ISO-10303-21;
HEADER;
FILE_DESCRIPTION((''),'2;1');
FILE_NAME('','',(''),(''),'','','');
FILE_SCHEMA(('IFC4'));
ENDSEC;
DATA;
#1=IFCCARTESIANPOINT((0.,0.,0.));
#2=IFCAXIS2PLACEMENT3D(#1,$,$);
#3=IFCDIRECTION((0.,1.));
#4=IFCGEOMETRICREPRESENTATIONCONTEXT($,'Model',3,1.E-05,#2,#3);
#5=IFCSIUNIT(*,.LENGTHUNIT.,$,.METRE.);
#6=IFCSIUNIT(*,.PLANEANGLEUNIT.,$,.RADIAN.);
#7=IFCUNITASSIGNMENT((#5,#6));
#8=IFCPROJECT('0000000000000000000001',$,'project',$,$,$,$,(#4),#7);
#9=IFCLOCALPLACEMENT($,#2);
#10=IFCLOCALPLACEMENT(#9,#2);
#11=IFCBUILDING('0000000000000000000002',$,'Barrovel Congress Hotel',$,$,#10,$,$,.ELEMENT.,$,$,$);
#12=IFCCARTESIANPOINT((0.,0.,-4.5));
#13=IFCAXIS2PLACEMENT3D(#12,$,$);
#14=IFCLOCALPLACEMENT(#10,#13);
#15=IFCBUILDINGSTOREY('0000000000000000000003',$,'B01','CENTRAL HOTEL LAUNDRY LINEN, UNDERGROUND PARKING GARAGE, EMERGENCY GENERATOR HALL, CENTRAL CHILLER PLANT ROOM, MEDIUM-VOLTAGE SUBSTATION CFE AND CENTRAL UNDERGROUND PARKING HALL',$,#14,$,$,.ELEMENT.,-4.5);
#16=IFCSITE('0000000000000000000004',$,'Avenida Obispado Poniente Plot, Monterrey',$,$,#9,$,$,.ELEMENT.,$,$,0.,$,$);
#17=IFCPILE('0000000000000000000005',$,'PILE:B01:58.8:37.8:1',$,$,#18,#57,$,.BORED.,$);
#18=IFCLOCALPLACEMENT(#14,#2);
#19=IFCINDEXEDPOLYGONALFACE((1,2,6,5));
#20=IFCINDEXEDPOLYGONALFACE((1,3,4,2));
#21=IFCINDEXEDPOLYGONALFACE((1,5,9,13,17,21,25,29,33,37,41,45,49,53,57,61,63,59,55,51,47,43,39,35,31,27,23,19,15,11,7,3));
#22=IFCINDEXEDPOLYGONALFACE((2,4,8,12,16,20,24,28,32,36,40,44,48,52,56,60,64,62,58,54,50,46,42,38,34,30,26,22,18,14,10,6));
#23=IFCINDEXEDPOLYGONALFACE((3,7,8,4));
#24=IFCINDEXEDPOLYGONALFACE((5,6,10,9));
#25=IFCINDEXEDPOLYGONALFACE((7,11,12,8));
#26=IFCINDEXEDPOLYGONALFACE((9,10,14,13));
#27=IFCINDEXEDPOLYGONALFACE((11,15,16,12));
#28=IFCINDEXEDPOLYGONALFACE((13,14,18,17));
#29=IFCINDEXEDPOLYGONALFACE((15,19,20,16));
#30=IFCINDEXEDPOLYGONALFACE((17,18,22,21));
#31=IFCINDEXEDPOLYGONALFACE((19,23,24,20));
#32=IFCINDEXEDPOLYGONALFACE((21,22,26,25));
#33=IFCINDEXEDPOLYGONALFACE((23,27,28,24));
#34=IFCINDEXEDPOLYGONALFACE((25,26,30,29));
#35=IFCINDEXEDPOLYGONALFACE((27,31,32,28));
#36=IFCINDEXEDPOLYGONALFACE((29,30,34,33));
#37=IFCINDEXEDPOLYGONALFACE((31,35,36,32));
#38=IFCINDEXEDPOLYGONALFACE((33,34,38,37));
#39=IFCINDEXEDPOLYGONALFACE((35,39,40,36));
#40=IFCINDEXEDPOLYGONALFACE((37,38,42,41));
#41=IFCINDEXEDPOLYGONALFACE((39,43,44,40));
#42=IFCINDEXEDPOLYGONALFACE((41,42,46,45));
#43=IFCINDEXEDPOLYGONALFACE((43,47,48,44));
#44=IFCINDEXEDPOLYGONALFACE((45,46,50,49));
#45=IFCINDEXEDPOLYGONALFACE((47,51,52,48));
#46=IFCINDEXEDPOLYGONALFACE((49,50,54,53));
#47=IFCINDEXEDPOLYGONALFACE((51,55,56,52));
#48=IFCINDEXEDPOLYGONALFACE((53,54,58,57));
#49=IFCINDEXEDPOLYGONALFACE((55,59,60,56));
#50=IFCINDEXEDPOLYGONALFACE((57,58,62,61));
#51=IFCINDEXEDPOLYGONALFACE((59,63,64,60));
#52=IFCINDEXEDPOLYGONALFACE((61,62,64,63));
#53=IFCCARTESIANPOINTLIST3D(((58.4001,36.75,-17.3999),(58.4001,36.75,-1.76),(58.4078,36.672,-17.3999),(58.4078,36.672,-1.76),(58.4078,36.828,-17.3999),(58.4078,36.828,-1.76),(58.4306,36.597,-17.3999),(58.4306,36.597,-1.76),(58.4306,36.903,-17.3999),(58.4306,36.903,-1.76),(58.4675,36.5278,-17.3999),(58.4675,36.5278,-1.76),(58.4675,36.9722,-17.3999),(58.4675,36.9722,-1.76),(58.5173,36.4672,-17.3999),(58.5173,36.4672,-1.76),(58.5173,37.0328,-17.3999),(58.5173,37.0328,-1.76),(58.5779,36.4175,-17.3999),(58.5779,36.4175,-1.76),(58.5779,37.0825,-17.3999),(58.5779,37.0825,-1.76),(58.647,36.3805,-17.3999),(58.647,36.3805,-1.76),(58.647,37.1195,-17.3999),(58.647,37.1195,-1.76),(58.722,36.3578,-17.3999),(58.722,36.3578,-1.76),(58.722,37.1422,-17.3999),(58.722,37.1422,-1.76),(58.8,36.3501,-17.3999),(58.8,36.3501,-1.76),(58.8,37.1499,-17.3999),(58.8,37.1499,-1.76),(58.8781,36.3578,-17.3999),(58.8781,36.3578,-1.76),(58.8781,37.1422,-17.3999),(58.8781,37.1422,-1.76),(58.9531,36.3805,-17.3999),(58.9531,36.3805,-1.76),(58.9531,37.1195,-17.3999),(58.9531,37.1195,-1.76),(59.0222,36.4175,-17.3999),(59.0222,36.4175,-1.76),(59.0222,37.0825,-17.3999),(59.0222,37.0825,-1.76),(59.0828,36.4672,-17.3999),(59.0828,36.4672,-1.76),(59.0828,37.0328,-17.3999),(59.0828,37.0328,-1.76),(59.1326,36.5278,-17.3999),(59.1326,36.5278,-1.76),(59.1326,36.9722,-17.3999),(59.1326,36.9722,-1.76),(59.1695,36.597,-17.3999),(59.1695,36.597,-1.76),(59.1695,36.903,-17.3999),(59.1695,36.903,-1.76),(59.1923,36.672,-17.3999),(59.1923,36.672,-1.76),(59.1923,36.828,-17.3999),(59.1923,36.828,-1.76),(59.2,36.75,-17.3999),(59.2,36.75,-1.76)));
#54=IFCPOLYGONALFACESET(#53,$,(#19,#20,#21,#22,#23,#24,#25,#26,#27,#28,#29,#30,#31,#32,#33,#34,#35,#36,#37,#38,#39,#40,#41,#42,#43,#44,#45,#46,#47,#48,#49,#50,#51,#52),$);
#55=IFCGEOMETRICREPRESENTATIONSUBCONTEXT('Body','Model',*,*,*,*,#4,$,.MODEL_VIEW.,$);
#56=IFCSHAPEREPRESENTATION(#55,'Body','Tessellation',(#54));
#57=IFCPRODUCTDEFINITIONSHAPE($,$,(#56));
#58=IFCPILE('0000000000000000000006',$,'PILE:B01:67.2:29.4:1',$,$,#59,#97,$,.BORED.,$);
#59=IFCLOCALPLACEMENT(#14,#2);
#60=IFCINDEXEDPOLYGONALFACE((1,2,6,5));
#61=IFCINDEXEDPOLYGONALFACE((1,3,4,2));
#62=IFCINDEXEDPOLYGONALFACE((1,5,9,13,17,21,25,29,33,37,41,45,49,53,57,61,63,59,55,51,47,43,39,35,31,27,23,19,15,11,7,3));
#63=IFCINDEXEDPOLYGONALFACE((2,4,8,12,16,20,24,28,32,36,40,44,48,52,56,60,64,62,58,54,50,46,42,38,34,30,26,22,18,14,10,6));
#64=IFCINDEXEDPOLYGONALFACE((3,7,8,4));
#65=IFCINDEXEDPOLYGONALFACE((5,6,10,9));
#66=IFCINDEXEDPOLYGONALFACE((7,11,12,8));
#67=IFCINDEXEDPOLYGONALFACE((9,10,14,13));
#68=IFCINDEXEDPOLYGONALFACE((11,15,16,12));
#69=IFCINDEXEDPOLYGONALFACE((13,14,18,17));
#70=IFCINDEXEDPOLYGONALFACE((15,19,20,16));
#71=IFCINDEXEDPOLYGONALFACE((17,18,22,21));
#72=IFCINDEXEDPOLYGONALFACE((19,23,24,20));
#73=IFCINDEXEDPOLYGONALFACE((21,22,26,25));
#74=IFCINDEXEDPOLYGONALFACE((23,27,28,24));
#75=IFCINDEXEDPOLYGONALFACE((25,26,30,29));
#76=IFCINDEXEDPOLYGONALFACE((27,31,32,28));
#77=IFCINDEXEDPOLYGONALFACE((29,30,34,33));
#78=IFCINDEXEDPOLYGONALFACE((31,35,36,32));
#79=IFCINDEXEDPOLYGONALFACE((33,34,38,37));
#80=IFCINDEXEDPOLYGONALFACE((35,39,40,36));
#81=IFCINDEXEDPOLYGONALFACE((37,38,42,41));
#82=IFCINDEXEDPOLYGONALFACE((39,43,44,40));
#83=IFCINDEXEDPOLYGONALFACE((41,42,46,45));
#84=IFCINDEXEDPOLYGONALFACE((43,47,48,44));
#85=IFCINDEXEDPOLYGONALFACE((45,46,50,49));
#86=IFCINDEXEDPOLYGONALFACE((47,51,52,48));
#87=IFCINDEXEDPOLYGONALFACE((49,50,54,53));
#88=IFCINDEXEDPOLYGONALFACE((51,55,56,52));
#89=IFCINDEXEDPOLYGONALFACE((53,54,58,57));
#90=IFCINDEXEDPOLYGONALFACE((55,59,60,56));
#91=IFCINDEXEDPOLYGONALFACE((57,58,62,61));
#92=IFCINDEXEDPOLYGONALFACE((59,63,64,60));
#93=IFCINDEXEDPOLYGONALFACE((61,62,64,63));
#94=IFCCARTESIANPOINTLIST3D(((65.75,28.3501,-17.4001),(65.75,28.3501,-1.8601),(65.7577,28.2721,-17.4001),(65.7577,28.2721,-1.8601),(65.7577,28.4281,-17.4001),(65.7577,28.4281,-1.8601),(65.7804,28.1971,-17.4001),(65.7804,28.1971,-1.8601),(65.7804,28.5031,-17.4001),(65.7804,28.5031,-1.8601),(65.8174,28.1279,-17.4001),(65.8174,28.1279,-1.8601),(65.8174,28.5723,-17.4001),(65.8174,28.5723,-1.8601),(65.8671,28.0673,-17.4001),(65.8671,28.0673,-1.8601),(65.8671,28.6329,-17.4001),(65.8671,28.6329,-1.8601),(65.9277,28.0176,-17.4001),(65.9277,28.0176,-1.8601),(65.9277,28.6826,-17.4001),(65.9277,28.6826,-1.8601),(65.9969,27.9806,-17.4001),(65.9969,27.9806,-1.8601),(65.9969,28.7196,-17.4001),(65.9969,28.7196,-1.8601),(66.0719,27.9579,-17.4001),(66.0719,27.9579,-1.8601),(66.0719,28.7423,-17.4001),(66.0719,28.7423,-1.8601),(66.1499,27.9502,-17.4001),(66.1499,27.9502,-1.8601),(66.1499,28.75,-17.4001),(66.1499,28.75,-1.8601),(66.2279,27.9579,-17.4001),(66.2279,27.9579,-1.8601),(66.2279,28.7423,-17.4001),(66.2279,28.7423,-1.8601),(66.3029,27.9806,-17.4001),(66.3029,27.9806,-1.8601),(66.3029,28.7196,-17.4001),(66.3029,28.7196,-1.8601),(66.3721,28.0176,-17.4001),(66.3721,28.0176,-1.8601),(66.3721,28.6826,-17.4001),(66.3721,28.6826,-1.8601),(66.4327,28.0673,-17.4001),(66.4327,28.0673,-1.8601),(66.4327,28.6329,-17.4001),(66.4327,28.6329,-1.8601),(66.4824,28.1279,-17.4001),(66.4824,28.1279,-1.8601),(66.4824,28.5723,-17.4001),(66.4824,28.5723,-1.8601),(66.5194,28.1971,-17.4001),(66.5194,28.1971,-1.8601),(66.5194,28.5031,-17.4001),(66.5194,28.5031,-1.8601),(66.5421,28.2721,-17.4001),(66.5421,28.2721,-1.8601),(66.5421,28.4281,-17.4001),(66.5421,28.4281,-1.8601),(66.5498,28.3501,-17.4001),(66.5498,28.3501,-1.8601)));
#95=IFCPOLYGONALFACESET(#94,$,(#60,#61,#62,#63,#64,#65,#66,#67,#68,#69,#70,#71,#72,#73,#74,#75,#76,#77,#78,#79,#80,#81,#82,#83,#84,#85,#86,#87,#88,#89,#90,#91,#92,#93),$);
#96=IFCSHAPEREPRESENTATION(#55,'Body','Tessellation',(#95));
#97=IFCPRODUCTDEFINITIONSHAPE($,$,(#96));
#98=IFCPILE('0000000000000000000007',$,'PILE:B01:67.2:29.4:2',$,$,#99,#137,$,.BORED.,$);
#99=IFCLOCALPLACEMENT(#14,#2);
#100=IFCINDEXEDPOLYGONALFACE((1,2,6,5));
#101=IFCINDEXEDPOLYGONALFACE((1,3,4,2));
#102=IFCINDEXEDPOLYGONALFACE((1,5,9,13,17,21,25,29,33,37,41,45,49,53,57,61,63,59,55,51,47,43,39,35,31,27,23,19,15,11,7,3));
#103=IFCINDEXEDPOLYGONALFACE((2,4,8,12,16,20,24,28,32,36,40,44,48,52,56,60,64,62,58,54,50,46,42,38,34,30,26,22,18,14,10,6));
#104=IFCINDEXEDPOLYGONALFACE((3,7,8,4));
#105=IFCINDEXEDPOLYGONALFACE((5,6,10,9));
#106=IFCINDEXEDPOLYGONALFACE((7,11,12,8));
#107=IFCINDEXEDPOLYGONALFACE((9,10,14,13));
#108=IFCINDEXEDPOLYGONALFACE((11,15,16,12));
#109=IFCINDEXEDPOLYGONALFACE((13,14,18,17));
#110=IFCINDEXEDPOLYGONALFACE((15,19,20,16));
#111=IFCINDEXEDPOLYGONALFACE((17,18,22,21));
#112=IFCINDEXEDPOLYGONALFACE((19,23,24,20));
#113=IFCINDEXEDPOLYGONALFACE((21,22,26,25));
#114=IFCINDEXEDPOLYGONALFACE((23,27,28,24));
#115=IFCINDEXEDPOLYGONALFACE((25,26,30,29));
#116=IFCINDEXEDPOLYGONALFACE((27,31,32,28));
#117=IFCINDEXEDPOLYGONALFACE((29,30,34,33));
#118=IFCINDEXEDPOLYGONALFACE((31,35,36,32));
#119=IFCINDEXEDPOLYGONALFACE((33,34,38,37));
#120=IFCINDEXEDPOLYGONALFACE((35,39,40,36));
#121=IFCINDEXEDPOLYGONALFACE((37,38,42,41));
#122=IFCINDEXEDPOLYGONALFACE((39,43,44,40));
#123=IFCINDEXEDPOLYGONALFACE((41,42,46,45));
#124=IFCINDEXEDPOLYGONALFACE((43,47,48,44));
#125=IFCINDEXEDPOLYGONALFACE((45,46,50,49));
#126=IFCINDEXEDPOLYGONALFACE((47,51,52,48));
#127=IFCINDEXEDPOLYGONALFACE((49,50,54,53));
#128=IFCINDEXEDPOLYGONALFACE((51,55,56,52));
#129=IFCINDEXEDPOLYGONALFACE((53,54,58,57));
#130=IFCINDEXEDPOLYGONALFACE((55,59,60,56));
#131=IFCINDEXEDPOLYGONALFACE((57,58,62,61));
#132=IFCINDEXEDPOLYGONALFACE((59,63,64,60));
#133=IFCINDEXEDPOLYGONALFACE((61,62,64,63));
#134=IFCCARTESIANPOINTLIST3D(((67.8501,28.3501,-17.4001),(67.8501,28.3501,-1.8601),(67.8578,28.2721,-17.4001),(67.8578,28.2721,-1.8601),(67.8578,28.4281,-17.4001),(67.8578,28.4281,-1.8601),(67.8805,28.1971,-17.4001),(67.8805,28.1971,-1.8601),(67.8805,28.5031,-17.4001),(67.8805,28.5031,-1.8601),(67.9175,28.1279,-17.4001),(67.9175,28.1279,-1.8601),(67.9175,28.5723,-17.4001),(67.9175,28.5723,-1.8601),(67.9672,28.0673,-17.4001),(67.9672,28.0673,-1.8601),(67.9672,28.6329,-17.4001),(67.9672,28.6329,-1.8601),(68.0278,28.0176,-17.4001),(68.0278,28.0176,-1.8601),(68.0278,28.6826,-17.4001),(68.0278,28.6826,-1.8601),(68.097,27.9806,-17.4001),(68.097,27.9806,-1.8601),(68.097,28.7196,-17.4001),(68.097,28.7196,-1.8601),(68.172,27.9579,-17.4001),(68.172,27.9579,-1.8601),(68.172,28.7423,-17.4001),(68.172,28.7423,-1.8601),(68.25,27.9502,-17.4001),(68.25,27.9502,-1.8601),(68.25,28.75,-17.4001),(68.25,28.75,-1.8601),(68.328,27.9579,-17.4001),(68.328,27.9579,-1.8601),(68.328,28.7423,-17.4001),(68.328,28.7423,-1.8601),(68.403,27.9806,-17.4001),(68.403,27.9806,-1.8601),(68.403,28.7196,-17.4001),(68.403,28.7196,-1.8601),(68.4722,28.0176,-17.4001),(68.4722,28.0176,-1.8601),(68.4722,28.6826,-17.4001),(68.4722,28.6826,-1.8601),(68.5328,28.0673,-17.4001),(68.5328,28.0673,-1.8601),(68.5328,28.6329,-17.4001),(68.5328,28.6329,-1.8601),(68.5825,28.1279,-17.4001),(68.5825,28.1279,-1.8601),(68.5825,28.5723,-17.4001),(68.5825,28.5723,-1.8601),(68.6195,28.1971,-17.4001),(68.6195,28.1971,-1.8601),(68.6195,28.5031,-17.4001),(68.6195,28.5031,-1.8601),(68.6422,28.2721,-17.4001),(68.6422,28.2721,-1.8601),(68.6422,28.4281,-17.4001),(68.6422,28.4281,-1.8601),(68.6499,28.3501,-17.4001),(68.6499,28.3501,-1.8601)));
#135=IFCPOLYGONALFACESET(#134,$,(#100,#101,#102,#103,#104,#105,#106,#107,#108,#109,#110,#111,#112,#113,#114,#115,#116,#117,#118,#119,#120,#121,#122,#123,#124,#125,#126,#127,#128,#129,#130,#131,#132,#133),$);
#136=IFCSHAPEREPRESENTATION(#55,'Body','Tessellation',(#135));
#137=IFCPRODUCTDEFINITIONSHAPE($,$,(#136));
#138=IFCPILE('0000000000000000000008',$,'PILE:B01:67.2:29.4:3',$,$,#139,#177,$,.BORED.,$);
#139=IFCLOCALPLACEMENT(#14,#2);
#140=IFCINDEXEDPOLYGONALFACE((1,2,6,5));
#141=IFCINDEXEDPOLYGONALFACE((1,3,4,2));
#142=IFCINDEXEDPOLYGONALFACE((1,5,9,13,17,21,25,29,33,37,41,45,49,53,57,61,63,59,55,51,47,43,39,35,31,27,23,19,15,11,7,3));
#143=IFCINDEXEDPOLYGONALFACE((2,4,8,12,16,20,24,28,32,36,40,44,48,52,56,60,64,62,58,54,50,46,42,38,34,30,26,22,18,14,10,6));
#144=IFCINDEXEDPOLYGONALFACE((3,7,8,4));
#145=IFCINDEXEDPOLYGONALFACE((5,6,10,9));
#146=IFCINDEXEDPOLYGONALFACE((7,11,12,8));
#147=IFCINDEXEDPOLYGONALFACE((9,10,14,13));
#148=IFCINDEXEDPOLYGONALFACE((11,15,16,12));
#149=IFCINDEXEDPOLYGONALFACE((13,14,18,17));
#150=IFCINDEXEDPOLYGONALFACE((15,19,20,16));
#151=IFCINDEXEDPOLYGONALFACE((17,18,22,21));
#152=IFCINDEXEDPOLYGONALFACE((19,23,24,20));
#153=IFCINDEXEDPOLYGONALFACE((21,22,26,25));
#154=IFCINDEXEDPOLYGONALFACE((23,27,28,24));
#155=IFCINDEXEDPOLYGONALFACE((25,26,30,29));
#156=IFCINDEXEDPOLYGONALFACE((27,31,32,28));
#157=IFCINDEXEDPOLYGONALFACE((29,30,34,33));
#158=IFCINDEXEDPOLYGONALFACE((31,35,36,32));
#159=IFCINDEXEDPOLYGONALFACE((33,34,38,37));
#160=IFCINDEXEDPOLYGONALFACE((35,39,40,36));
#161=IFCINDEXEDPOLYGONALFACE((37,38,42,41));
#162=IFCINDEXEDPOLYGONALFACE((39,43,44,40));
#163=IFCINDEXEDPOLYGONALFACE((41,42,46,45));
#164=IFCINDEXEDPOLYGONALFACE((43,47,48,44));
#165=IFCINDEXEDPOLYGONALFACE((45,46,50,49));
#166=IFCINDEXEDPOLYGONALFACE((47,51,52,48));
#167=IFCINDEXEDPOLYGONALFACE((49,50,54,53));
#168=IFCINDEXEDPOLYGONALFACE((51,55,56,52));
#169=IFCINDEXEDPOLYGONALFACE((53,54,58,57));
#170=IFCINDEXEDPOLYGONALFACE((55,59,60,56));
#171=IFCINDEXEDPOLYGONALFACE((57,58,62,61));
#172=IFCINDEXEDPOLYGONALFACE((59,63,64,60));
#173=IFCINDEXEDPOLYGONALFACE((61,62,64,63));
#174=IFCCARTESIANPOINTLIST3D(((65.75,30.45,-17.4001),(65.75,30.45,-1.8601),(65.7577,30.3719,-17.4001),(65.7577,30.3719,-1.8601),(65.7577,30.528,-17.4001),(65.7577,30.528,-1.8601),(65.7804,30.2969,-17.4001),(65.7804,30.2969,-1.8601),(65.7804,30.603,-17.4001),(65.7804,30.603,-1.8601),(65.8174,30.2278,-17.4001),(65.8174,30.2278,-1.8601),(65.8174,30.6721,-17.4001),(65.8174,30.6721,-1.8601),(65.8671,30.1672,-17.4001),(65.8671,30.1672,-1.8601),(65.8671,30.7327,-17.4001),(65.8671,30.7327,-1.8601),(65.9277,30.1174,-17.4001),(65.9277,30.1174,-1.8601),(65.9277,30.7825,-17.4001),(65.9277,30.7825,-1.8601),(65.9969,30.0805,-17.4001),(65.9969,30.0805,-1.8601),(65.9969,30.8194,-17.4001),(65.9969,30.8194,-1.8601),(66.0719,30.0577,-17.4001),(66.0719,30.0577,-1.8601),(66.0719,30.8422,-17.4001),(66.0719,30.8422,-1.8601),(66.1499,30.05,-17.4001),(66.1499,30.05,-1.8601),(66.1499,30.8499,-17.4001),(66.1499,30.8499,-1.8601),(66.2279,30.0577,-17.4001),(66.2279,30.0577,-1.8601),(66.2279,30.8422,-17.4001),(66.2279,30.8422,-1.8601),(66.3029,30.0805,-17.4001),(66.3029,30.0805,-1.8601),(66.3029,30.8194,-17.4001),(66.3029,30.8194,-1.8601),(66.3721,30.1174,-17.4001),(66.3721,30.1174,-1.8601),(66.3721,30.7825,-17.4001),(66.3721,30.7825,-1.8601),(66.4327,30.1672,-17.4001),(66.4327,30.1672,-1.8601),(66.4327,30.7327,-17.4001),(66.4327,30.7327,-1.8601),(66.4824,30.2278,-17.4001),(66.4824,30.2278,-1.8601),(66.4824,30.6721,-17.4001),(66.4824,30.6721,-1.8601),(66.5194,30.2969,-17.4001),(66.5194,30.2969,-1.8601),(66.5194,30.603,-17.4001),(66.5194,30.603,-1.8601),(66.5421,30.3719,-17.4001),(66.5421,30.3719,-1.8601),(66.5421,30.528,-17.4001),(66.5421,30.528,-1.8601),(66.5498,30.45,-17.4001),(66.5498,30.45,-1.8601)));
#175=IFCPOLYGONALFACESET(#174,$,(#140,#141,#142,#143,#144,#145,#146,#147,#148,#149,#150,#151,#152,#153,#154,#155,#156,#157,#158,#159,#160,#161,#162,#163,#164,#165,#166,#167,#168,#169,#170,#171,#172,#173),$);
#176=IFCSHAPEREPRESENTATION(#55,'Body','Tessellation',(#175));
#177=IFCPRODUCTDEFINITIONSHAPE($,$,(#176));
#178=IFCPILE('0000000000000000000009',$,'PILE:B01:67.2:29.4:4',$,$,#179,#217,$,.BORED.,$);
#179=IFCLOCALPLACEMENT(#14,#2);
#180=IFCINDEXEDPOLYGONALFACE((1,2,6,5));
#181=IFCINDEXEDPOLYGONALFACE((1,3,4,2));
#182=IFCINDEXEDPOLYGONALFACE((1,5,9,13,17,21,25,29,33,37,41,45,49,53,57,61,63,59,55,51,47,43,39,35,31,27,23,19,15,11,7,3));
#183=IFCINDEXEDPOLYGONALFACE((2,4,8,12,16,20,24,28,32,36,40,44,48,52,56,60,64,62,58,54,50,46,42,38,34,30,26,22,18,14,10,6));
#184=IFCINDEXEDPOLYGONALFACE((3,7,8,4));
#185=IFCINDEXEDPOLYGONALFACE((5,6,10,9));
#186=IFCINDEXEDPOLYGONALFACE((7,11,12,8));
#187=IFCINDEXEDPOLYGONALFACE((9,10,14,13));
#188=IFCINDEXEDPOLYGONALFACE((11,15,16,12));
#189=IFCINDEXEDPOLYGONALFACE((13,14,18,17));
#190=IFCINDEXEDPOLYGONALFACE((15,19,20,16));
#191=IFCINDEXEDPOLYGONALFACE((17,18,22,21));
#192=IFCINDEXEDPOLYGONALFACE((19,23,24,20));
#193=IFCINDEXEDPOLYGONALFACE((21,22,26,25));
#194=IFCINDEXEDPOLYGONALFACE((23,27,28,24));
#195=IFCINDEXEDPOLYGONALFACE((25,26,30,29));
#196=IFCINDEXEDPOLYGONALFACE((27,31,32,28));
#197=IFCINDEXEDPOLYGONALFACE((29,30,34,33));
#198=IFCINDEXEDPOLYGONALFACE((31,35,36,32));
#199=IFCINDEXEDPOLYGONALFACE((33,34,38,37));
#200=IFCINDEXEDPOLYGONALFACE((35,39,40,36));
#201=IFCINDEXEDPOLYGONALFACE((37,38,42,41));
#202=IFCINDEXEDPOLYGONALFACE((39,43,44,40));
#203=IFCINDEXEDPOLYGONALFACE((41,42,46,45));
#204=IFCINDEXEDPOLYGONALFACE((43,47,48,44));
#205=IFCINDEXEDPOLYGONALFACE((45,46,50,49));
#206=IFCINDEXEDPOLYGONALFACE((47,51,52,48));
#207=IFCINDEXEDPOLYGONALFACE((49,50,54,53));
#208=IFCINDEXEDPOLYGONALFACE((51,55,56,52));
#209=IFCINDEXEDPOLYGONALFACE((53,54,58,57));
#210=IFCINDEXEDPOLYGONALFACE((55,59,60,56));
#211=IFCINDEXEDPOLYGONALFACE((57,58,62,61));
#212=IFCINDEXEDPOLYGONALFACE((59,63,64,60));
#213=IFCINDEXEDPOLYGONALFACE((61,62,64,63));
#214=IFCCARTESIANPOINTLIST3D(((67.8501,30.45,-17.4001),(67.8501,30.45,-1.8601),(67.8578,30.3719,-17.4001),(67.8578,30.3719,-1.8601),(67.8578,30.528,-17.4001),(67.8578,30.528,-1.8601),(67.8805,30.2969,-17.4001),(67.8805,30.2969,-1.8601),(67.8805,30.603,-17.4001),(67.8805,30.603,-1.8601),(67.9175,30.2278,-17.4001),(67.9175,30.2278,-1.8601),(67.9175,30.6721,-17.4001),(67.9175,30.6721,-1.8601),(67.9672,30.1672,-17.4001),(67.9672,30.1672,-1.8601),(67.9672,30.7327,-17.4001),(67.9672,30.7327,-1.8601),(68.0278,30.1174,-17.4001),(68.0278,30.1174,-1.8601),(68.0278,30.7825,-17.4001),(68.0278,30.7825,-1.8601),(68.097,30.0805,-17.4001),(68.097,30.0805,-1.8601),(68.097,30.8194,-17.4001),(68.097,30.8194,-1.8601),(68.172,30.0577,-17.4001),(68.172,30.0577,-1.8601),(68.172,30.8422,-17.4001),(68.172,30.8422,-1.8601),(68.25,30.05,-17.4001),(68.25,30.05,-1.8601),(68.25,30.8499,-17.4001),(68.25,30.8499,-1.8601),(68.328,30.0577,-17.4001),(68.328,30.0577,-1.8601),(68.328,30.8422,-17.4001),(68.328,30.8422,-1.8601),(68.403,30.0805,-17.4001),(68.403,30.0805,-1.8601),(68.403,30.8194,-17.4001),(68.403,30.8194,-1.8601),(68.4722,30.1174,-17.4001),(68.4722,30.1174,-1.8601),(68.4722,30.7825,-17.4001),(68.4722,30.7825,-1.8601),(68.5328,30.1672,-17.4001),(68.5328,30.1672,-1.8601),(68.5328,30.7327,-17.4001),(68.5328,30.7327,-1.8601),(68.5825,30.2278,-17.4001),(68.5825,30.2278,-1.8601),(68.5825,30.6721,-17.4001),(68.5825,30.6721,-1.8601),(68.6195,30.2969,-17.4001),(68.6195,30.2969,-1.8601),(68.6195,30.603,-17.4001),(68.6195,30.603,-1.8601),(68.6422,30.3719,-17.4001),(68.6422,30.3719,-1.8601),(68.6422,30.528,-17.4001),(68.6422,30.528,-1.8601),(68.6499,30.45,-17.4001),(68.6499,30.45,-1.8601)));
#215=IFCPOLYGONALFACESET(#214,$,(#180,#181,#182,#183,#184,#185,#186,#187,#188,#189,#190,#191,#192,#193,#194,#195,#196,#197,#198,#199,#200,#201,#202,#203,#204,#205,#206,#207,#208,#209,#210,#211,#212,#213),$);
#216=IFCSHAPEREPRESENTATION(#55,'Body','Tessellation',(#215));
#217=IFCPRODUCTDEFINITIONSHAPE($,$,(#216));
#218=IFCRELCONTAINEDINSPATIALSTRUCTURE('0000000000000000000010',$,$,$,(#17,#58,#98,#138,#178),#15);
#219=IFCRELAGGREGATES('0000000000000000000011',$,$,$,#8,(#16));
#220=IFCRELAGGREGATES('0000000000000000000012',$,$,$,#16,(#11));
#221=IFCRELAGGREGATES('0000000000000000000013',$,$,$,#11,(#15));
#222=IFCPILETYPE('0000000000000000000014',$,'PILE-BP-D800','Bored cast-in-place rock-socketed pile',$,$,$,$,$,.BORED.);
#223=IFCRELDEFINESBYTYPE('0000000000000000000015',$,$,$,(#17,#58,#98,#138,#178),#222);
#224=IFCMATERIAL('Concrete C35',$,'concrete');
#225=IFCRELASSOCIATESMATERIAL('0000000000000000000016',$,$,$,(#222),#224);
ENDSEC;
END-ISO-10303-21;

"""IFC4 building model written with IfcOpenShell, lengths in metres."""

from ifc_helpers import new_model, si_unit, direction, frame, origin, origin_2d, place, context, subcontext, project, spatial, circle, extrude, material, material_profile, profile_set, type_object, element, save


model = new_model("IFC4")

# Units and contexts
model_context = context("Model", 3, precision=1e-05, world=origin(), true_north=direction((0.0, 1.0)))
body_context = subcontext(model_context, "Body", "Model", "MODEL_VIEW")
ifc_project = project(units=[si_unit("LENGTHUNIT", "METRE"), si_unit("PLANEANGLEUNIT", "RADIAN")], contexts=[model_context])

# Site, building, storey
site_placement = place(None, origin())
site = spatial("IfcSite", under=ifc_project, at=site_placement, Name="Avenida Obispado Poniente Plot, Monterrey", CompositionType="ELEMENT", RefElevation=0.0)
building_placement = place(site_placement, origin())
building = spatial("IfcBuilding", under=site, at=building_placement, Name="Barrovel Congress Hotel", CompositionType="ELEMENT")
storey_placement = place(building_placement, frame((0.0, 0.0, -4.5)))
storey = spatial("IfcBuildingStorey", under=building, at=storey_placement, Name="B01", Description="CENTRAL HOTEL LAUNDRY LINEN, UNDERGROUND PARKING GARAGE, EMERGENCY GENERATOR HALL, CENTRAL CHILLER PLANT ROOM, MEDIUM-VOLTAGE SUBSTATION CFE AND CENTRAL UNDERGROUND PARKING HALL", CompositionType="ELEMENT", Elevation=-4.5)

# Piles
ifc_material_1 = material(Name="Concrete C35", Category="concrete")
ifc_material_profile_1 = material_profile(ifc_material_1, circle(Radius=0.3999, at=origin_2d()), Name="BP-D800")
ifc_profile_set_1 = profile_set([ifc_material_profile_1], Name="Concrete C35")
pile_type = type_object("IfcPileType", Name="PILE-BP-D800", Description="Bored cast-in-place rock-socketed pile", PredefinedType="BORED", material=ifc_profile_set_1)
pile_placement = place(storey_placement, frame((58.8, 36.75, -1.76), z_axis=(0.0, 0.0, -1.0), x_axis=(1.0, 0.0, 0.0)))
element("IfcPile", 1, at=pile_placement, inside=storey, type_object=pile_type, Name="PILE:B01:58.8:37.8:1", PredefinedType="BORED", context=body_context, shape_type="SweptSolid", body=[
    extrude(circle(Radius=0.3999, at=origin_2d()), origin(), (0.0, 0.0, 1.0), 15.6399),
])
for number, where, z_axis, x_axis, name in (
    (2, (66.1499, 28.3501, -1.8601), (0.0, 0.0, -1.0), (1.0, 0.0, 0.0), "PILE:B01:67.2:29.4:1"),
    (3, (68.25, 28.3501, -1.8601), (0.0, 0.0, -1.0), (1.0, 0.0, 0.0), "PILE:B01:67.2:29.4:2"),
    (4, (66.1499, 30.45, -1.8601), (0.0, 0.0, -1.0), (1.0, 0.0, 0.0), "PILE:B01:67.2:29.4:3"),
    (5, (68.25, 30.45, -1.8601), (0.0, 0.0, -1.0), (1.0, 0.0, 0.0), "PILE:B01:67.2:29.4:4"),
):
    element("IfcPile", number, at=place(storey_placement, frame(where, z_axis=z_axis, x_axis=x_axis)), inside=storey, type_object=pile_type, Name=name, PredefinedType="BORED", context=body_context, shape_type="SweptSolid", body=[
        extrude(circle(Radius=0.3999, at=origin_2d()), origin(), (0.0, 0.0, 1.0), 15.54),
    ])

save(model, "model.ifc")
